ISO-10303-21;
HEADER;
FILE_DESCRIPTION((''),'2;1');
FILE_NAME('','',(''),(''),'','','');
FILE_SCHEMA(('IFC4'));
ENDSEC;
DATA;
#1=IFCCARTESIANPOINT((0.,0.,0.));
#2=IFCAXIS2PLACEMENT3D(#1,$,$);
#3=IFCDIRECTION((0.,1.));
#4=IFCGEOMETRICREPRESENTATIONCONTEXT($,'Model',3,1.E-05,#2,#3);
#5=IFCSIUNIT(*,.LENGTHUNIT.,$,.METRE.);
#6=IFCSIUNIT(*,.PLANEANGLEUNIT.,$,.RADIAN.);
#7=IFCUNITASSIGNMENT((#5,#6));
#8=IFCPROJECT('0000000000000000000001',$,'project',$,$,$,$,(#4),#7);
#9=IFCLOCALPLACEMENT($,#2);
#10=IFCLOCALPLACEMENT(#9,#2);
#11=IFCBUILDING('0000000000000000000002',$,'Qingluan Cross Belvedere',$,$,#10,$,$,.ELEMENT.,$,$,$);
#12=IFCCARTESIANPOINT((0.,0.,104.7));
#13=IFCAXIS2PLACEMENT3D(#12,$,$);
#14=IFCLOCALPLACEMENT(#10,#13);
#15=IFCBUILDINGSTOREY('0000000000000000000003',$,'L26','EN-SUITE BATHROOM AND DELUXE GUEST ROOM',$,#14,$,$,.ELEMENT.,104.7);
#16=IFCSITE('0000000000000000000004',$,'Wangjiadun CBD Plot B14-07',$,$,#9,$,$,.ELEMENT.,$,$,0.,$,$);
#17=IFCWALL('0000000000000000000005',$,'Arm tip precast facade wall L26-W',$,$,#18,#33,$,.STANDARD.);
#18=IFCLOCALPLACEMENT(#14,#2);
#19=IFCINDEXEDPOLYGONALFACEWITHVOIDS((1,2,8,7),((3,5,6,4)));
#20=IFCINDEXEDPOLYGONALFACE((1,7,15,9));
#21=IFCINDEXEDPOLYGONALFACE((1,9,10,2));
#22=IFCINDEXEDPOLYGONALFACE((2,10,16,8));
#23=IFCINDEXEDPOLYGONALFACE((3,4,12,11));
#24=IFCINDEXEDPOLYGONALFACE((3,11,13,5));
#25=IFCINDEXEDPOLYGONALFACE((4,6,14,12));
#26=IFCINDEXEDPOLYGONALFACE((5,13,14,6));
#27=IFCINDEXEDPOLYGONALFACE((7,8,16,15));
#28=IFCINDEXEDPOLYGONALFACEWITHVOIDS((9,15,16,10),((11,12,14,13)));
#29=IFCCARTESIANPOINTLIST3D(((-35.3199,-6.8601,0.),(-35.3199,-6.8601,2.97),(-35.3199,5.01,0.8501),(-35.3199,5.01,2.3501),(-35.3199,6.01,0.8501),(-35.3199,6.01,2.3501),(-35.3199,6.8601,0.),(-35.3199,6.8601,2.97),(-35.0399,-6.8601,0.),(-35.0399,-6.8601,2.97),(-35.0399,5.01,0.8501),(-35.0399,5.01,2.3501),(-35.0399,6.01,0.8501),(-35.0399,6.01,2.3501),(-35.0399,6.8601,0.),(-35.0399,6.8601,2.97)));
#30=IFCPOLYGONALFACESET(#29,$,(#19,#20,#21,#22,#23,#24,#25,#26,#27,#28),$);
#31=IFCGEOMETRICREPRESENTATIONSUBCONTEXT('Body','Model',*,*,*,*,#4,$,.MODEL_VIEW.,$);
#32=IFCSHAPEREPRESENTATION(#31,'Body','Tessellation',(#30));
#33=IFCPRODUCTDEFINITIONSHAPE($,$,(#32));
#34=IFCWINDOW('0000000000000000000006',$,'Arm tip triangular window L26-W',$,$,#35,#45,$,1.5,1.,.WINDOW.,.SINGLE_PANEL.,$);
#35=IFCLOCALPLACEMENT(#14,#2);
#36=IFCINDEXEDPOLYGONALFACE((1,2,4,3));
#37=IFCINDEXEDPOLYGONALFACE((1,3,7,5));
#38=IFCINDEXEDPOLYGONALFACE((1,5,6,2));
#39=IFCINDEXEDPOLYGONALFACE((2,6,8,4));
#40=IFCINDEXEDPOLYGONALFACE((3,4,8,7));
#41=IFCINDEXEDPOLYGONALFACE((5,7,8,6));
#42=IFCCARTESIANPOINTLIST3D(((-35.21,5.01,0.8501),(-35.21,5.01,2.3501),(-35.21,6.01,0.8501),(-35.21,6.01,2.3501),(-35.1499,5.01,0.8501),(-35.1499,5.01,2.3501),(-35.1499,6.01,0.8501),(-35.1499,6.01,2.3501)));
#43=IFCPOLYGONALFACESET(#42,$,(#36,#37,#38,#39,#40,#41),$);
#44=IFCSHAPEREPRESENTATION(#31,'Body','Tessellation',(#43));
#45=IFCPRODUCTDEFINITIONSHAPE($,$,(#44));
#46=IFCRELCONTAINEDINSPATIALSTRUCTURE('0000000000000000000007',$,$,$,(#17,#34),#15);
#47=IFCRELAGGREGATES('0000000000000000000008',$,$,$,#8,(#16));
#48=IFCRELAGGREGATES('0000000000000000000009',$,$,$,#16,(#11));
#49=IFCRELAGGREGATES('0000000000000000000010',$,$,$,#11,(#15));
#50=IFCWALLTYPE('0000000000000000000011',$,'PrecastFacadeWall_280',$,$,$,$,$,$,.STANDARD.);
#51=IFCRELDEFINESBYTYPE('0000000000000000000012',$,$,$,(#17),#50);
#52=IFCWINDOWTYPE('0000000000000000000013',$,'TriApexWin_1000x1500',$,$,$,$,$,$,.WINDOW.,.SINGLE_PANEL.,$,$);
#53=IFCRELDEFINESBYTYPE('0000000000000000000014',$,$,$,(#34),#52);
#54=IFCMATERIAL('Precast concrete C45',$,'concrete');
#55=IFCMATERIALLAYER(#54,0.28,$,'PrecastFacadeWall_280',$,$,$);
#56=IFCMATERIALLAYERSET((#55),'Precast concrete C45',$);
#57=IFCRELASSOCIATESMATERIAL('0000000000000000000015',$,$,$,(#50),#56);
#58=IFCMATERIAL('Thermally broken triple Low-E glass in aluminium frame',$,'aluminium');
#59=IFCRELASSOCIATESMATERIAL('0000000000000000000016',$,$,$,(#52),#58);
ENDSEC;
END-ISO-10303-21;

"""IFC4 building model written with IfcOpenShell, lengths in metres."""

from ifc_helpers import new_model, si_unit, direction, frame, frame_2d, origin, place, context, subcontext, project, spatial, rectangle, extrude, material, layer, layer_set, type_object, element, fill, save


model = new_model("IFC4")

# Units and contexts
model_context = context("Model", 3, precision=1e-05, world=origin(), true_north=direction((0.0, 1.0)))
body_context = subcontext(model_context, "Body", "Model", "MODEL_VIEW")
ifc_project = project(units=[si_unit("LENGTHUNIT", "METRE"), si_unit("PLANEANGLEUNIT", "RADIAN")], contexts=[model_context])

# Site, building, storey
site_placement = place(None, origin())
site = spatial("IfcSite", under=ifc_project, at=site_placement, Name="Wangjiadun CBD Plot B14-07", CompositionType="ELEMENT", RefElevation=0.0)
building_placement = place(site_placement, origin())
building = spatial("IfcBuilding", under=site, at=building_placement, Name="Qingluan Cross Belvedere", CompositionType="ELEMENT")
storey_placement = place(building_placement, frame((0.0, 0.0, 104.7)))
storey = spatial("IfcBuildingStorey", under=building, at=storey_placement, Name="L26", Description="EN-SUITE BATHROOM AND DELUXE GUEST ROOM", CompositionType="ELEMENT", Elevation=104.7)

# Wall, opening, window
ifc_material_1 = material(Name="Precast concrete C45", Category="concrete")
ifc_layer_1 = layer(ifc_material_1, 0.28, Name="PrecastFacadeWall_280")
ifc_layer_set_1 = layer_set([ifc_layer_1], Name="Precast concrete C45")
wall_type_1 = type_object("IfcWallType", Name="PrecastFacadeWall_280", PredefinedType="STANDARD", material=ifc_layer_set_1)
wall_1_placement = place(storey_placement, frame((-35.1799, 6.8601, 0.0), z_axis=(0.0, 0.0, 1.0), x_axis=(0.0, -1.0, 0.0)))
wall_1 = element("IfcWall", 1, at=wall_1_placement, inside=storey, type_object=wall_type_1, Name="Arm tip precast facade wall L26-W", PredefinedType="STANDARD", context=body_context, shape_type="SweptSolid", body=[
    extrude(rectangle(XDim=13.7202, YDim=0.28, at=frame_2d((6.8601, 0.0))), origin(), (0.0, 0.0, 1.0), 2.97),
])
opening_1_placement = place(wall_1_placement, frame((0.8501, 0.0, 0.8501)))
opening_1 = element("IfcOpeningElement", 2, at=opening_1_placement, cuts=wall_1, PredefinedType="OPENING", context=body_context, shape_type="SweptSolid", body=[
    extrude(rectangle(XDim=1.0, YDim=1.5, at=frame_2d((0.5, 0.75))), frame((0.0, 0.1499, 0.0), z_axis=(0.0, -1.0, 0.0), x_axis=(1.0, 0.0, 0.0)), (0.0, 0.0, 1.0), 0.3),
])
ifc_material_2 = material(Name="Thermally broken triple Low-E glass in aluminium frame", Category="aluminium")
window_type = type_object("IfcWindowType", Name="TriApexWin_1000x1500", PartitioningType="SINGLE_PANEL", PredefinedType="WINDOW", material=ifc_material_2)
window_placement = place(opening_1_placement, origin())
window = element("IfcWindow", 3, at=window_placement, inside=storey, type_object=window_type, Name="Arm tip triangular window L26-W", OverallHeight=1.5, OverallWidth=1.0, PartitioningType="SINGLE_PANEL", PredefinedType="WINDOW", context=body_context, shape_type="SweptSolid", body=[
    extrude(rectangle(XDim=1.0, YDim=1.5, at=frame_2d((0.5, 0.75))), frame((0.0, 0.03, 0.0), z_axis=(0.0, -1.0, 0.0), x_axis=(1.0, 0.0, 0.0)), (0.0, 0.0, 1.0), 0.0601),
])
fill(opening_1, window)

save(model, "model.ifc")
